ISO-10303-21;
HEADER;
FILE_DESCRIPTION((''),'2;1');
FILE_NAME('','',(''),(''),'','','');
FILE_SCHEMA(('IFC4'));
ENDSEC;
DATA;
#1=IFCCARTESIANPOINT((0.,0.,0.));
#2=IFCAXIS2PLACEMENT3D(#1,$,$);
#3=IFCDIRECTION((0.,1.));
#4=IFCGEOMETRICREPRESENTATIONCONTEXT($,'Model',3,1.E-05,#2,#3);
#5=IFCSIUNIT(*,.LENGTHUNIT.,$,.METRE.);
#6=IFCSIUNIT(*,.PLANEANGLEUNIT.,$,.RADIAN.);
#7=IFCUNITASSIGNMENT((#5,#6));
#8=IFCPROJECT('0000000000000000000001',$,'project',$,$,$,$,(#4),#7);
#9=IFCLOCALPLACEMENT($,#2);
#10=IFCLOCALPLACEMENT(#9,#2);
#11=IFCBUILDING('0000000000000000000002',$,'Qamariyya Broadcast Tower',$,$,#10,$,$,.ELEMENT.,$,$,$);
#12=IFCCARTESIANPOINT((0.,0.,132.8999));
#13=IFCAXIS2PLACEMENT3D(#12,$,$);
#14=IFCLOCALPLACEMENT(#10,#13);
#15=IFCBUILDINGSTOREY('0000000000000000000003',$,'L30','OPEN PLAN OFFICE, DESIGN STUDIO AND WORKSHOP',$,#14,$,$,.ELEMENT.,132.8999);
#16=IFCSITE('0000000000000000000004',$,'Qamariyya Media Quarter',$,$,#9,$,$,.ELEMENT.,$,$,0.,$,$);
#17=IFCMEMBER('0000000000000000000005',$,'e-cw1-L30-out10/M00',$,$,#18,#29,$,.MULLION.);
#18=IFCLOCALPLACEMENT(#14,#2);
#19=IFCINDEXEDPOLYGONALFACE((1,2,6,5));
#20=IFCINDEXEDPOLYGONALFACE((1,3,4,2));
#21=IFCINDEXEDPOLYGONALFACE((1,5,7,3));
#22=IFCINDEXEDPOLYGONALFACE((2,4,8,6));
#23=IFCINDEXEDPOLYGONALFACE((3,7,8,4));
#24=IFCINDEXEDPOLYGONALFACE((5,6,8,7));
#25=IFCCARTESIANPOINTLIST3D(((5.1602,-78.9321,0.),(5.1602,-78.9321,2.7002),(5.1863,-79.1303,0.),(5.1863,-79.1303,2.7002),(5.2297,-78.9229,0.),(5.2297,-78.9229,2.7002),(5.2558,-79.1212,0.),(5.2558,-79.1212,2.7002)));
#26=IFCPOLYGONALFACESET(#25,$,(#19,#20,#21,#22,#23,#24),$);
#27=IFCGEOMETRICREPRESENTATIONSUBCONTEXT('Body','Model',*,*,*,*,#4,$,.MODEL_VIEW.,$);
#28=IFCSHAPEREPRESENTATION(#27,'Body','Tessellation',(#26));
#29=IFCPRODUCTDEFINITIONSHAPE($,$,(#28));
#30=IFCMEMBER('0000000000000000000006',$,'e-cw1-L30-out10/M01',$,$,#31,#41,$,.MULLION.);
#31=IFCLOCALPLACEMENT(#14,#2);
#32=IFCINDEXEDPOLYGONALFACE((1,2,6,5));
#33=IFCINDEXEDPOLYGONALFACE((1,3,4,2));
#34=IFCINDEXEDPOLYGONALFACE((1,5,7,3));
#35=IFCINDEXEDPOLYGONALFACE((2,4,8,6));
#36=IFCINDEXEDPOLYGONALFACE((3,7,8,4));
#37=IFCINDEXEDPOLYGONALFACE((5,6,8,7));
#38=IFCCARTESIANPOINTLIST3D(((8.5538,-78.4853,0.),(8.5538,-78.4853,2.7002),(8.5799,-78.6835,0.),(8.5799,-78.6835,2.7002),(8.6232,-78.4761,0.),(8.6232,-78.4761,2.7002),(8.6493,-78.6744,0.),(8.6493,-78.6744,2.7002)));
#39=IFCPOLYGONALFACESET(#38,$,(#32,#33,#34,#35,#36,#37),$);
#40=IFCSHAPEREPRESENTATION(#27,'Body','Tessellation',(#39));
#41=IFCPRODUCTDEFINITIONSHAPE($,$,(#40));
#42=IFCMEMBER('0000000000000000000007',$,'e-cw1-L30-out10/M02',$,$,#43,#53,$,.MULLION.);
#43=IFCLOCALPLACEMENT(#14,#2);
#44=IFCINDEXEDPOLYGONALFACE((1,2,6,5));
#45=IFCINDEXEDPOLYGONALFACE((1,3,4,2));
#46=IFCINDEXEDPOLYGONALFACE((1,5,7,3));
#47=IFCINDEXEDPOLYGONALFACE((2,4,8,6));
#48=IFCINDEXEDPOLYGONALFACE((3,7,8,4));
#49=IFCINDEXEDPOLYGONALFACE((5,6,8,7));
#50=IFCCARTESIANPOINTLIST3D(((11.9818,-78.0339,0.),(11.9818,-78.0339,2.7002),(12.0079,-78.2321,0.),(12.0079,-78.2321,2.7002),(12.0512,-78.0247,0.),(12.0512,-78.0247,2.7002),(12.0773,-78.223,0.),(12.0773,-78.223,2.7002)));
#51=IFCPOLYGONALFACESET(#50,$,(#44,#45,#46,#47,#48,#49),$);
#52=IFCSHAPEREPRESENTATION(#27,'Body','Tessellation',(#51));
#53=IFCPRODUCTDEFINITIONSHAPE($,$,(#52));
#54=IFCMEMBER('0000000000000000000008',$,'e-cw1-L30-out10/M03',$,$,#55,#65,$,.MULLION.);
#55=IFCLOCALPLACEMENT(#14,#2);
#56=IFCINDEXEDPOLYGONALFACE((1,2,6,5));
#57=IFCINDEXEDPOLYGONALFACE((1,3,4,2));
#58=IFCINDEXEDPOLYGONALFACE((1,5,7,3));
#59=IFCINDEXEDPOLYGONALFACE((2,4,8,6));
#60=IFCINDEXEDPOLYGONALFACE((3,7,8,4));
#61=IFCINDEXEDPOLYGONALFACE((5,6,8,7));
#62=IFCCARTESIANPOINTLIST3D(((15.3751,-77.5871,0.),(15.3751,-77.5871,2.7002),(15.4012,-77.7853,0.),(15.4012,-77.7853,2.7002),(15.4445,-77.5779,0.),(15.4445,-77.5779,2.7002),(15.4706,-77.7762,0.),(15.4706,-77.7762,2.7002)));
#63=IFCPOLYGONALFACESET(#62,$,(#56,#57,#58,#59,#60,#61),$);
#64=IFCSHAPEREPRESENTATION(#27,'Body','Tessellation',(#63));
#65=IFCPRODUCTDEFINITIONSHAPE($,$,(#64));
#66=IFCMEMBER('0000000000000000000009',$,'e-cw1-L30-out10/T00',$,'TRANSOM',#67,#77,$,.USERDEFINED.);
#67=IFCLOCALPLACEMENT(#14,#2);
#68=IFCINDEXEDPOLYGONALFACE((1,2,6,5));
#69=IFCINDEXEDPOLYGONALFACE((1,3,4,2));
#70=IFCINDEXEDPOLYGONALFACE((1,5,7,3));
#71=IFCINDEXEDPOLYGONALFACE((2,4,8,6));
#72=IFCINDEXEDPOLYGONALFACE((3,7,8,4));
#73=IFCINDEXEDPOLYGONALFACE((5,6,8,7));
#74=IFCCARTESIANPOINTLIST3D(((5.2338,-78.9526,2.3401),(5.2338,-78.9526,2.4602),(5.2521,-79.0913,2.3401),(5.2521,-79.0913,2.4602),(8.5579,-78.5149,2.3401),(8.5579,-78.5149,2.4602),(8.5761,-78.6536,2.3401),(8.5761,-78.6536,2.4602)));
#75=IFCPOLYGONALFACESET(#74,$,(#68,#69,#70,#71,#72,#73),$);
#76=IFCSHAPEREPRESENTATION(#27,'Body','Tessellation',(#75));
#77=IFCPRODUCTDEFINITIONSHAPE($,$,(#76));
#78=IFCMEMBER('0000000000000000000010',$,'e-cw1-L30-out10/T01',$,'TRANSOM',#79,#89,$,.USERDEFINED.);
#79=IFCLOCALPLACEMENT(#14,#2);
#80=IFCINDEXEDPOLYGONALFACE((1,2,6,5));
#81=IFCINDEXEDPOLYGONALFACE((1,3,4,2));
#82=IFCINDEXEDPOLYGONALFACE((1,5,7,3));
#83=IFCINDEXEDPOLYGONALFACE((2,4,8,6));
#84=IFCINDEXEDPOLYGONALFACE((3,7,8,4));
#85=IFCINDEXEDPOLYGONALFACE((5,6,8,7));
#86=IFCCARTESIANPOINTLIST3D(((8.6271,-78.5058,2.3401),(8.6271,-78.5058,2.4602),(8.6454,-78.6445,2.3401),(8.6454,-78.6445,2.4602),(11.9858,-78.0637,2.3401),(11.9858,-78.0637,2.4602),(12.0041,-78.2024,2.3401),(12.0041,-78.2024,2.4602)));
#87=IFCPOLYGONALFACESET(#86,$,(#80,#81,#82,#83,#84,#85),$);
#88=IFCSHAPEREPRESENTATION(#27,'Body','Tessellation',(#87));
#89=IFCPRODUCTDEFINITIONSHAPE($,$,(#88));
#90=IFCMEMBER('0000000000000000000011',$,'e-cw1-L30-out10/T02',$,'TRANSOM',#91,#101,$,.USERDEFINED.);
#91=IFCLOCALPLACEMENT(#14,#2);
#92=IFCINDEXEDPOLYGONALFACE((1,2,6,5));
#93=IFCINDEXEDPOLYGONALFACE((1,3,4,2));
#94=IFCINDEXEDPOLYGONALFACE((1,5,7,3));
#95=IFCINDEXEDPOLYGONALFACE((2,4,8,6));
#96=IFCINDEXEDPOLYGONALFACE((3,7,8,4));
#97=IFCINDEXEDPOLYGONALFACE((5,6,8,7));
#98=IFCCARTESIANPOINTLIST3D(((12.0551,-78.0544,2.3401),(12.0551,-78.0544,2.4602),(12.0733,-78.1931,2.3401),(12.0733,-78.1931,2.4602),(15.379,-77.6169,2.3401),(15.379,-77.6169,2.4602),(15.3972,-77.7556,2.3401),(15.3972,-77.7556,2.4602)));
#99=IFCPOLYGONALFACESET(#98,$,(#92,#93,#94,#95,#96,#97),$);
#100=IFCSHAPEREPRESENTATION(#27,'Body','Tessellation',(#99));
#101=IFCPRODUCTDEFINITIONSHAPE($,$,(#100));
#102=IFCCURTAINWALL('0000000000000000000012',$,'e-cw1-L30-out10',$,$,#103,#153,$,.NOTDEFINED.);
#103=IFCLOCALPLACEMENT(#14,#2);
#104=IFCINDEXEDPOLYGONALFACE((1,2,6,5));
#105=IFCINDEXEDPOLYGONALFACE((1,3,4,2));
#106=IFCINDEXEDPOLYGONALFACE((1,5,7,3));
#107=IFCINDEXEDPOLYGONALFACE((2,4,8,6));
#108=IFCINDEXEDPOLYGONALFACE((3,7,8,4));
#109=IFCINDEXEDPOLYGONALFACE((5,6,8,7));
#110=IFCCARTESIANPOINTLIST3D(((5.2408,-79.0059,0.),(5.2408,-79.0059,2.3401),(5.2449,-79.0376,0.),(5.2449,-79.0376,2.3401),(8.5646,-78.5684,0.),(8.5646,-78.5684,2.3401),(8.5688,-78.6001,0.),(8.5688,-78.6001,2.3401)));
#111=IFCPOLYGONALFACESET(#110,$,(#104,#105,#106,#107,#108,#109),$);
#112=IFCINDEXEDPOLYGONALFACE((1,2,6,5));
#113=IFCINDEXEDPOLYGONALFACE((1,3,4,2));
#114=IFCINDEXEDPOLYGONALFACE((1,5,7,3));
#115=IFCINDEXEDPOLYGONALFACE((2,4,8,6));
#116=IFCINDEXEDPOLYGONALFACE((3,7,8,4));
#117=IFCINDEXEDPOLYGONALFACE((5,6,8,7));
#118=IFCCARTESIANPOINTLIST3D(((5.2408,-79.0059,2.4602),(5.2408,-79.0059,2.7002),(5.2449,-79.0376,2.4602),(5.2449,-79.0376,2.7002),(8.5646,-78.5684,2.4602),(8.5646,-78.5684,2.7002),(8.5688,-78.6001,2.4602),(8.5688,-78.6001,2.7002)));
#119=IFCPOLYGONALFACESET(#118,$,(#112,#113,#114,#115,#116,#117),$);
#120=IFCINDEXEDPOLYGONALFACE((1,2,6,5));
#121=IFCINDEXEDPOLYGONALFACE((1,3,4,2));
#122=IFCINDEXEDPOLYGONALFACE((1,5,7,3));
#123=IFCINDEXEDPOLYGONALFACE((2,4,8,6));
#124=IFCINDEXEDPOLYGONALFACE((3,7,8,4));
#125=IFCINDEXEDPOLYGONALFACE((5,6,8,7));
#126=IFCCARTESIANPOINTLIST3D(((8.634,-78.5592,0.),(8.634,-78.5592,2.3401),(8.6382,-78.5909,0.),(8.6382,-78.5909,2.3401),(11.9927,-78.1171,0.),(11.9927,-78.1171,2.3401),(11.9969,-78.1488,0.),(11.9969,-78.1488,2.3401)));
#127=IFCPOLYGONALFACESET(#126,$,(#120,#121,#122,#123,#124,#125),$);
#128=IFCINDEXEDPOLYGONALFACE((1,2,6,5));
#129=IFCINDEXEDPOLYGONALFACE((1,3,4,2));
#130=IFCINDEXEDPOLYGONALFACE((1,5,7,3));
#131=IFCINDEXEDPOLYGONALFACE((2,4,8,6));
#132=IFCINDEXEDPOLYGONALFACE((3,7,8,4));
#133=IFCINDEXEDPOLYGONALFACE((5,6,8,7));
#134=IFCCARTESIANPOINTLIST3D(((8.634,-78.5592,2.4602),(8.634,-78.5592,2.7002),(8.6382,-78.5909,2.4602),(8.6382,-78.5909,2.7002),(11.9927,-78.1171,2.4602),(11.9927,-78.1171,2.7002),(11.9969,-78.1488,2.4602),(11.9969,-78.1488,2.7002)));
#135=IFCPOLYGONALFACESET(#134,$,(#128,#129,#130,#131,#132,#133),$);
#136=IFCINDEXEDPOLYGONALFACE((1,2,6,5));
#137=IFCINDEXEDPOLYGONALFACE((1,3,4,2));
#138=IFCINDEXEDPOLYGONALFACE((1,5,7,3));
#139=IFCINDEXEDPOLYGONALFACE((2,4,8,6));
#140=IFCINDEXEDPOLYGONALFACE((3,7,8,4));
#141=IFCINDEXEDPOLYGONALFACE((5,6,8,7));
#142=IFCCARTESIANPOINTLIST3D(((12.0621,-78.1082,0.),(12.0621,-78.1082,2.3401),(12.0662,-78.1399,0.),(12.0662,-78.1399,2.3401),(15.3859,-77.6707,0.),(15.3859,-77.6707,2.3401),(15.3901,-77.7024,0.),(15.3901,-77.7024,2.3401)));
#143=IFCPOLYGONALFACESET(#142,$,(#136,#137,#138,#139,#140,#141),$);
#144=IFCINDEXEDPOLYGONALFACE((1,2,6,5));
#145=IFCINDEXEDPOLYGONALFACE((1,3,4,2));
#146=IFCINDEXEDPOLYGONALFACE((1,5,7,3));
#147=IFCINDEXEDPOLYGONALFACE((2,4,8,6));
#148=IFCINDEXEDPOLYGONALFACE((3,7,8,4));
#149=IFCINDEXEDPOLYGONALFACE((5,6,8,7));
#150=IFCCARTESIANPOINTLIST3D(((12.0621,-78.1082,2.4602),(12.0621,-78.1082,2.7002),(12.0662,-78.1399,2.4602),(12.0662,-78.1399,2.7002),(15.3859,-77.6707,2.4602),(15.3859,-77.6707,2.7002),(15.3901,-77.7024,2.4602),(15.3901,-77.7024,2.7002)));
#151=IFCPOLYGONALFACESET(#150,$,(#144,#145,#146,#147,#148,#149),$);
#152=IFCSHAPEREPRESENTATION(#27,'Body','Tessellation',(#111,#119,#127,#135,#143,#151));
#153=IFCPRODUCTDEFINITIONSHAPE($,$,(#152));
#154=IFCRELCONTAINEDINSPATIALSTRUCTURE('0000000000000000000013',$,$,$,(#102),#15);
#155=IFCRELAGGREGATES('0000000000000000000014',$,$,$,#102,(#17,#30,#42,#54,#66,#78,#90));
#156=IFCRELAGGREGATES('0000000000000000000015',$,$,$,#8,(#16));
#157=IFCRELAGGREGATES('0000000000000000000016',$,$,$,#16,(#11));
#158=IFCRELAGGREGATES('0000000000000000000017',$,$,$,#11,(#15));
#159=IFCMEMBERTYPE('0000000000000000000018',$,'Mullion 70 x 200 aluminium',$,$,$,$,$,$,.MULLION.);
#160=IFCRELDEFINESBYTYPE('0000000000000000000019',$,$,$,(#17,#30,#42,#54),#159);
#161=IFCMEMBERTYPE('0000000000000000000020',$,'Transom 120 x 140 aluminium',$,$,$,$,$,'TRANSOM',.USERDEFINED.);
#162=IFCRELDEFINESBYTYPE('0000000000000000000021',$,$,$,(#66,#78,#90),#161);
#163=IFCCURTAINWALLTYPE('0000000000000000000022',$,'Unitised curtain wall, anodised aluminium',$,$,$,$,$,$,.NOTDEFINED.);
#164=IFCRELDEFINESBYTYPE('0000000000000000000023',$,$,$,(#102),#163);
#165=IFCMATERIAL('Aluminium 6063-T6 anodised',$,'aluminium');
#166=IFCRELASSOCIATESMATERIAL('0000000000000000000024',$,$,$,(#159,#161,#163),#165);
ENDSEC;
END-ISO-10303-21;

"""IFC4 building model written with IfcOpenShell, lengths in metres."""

from ifc_helpers import new_model, si_unit, direction, frame, origin, origin_2d, place, context, subcontext, project, spatial, rectangle, extrude, material, material_profile, profile_set, type_object, element, aggregate, save


model = new_model("IFC4")

# Units and contexts
model_context = context("Model", 3, precision=1e-05, world=origin(), true_north=direction((0.0, 1.0)))
body_context = subcontext(model_context, "Body", "Model", "MODEL_VIEW")
ifc_project = project(units=[si_unit("LENGTHUNIT", "METRE"), si_unit("PLANEANGLEUNIT", "RADIAN")], contexts=[model_context])

# Members
ifc_material = material(Name="Aluminium 6063-T6 anodised", Category="aluminium")
ifc_material_profile_1 = material_profile(ifc_material, rectangle(XDim=0.2, YDim=0.0701, at=origin_2d()))
ifc_profile_set_1 = profile_set([ifc_material_profile_1], Name="Aluminium 6063-T6 anodised")
member_type_1 = type_object("IfcMemberType", Name="Mullion 70 x 200 aluminium", PredefinedType="MULLION", material=ifc_profile_set_1)
site_placement = place(None, origin())
building_placement = place(site_placement, origin())
storey_placement = place(building_placement, frame((0.0, 0.0, 132.8999)))
member_1_placement = place(storey_placement, frame((5.208, -79.0266, 0.0), z_axis=(0.0, 0.0, 1.0), x_axis=(-0.130526, 0.991445, 0.0)))
member_1 = element("IfcMember", 1, at=member_1_placement, type_object=member_type_1, Name="e-cw1-L30-out10/M00", PredefinedType="MULLION", context=body_context, shape_type="SweptSolid", body=[
    extrude(rectangle(XDim=0.2, YDim=0.0701, at=origin_2d()), origin(), (0.0, 0.0, 1.0), 2.7002),
])
member_2_placement = place(storey_placement, frame((8.6016, -78.5798, 0.0), z_axis=(0.0, 0.0, 1.0), x_axis=(-0.130526, 0.991445, 0.0)))
member_2 = element("IfcMember", 2, at=member_2_placement, type_object=member_type_1, Name="e-cw1-L30-out10/M01", PredefinedType="MULLION", context=body_context, shape_type="SweptSolid", body=[
    extrude(rectangle(XDim=0.2, YDim=0.0701, at=origin_2d()), origin(), (0.0, 0.0, 1.0), 2.7002),
])
member_3_placement = place(storey_placement, frame((12.0295, -78.1284, 0.0), z_axis=(0.0, 0.0, 1.0), x_axis=(-0.130526, 0.991445, 0.0)))
member_3 = element("IfcMember", 3, at=member_3_placement, type_object=member_type_1, Name="e-cw1-L30-out10/M02", PredefinedType="MULLION", context=body_context, shape_type="SweptSolid", body=[
    extrude(rectangle(XDim=0.2, YDim=0.0701, at=origin_2d()), origin(), (0.0, 0.0, 1.0), 2.7002),
])
member_4_placement = place(storey_placement, frame((15.4229, -77.6816, 0.0), z_axis=(0.0, 0.0, 1.0), x_axis=(-0.130526, 0.991445, 0.0)))
member_4 = element("IfcMember", 4, at=member_4_placement, type_object=member_type_1, Name="e-cw1-L30-out10/M03", PredefinedType="MULLION", context=body_context, shape_type="SweptSolid", body=[
    extrude(rectangle(XDim=0.2, YDim=0.0701, at=origin_2d()), origin(), (0.0, 0.0, 1.0), 2.7002),
])
ifc_material_profile_2 = material_profile(ifc_material, rectangle(XDim=0.1399, YDim=0.1201, at=origin_2d()))
ifc_profile_set_2 = profile_set([ifc_material_profile_2], Name="Aluminium 6063-T6 anodised")
member_type_2 = type_object("IfcMemberType", Name="Transom 120 x 140 aluminium", ElementType="TRANSOM", PredefinedType="USERDEFINED", material=ifc_profile_set_2)
member_5_placement = place(storey_placement, frame((5.2429, -79.022, 2.4001), z_axis=(0.99144, 0.130566, 0.0), x_axis=(-0.130566, 0.99144, 0.0)))
member_5 = element("IfcMember", 5, at=member_5_placement, type_object=member_type_2, Name="e-cw1-L30-out10/T00", ObjectType="TRANSOM", PredefinedType="USERDEFINED", context=body_context, shape_type="SweptSolid", body=[
    extrude(rectangle(XDim=0.1399, YDim=0.1201, at=origin_2d()), origin(), (0.0, 0.0, 1.0), 3.3528),
])
member_6_placement = place(storey_placement, frame((8.6362, -78.5752, 2.4001), z_axis=(0.991446, 0.130516, 0.0), x_axis=(-0.130516, 0.991446, 0.0)))
member_6 = element("IfcMember", 6, at=member_6_placement, type_object=member_type_2, Name="e-cw1-L30-out10/T01", ObjectType="TRANSOM", PredefinedType="USERDEFINED", context=body_context, shape_type="SweptSolid", body=[
    extrude(rectangle(XDim=0.1399, YDim=0.1201, at=origin_2d()), origin(), (0.0, 0.0, 1.0), 3.3877),
])
member_7_placement = place(storey_placement, frame((12.0642, -78.1238, 2.4001), z_axis=(0.991449, 0.130494, 0.0), x_axis=(-0.130494, 0.991449, 0.0)))
member_7 = element("IfcMember", 7, at=member_7_placement, type_object=member_type_2, Name="e-cw1-L30-out10/T02", ObjectType="TRANSOM", PredefinedType="USERDEFINED", context=body_context, shape_type="SweptSolid", body=[
    extrude(rectangle(XDim=0.1399, YDim=0.1201, at=origin_2d()), origin(), (0.0, 0.0, 1.0), 3.3525),
])

# Site, building, storey
site = spatial("IfcSite", under=ifc_project, at=site_placement, Name="Qamariyya Media Quarter", CompositionType="ELEMENT", RefElevation=0.0)
building = spatial("IfcBuilding", under=site, at=building_placement, Name="Qamariyya Broadcast Tower", CompositionType="ELEMENT")
storey = spatial("IfcBuildingStorey", under=building, at=storey_placement, Name="L30", Description="OPEN PLAN OFFICE, DESIGN STUDIO AND WORKSHOP", CompositionType="ELEMENT", Elevation=132.8999)

# Curtain wall
curtain_wall_type = type_object("IfcCurtainWallType", Name="Unitised curtain wall, anodised aluminium", PredefinedType="NOTDEFINED", material=ifc_material)
curtain_wall_1_placement = place(storey_placement, origin())
curtain_wall_1 = element("IfcCurtainWall", 8, at=curtain_wall_1_placement, inside=storey, type_object=curtain_wall_type, Name="e-cw1-L30-out10", PredefinedType="NOTDEFINED", context=body_context, shape_type="SweptSolid", body=[
    extrude(rectangle(XDim=3.3525, YDim=0.032, at=origin_2d()), frame((6.9048, -78.803, 0.0), x_axis=(0.991447, 0.130509, 0.0)), (0.0, 0.0, 1.0), 2.3401),
    extrude(rectangle(XDim=3.3525, YDim=0.032, at=origin_2d()), frame((6.9048, -78.803, 2.4602), x_axis=(0.991447, 0.130509, 0.0)), (0.0, 0.0, 1.0), 0.24),
    extrude(rectangle(XDim=3.3877, YDim=0.032, at=origin_2d()), frame((10.3154, -78.354, 0.0), x_axis=(0.991447, 0.130509, 0.0)), (0.0, 0.0, 1.0), 2.3401),
    extrude(rectangle(XDim=3.3877, YDim=0.032, at=origin_2d()), frame((10.3154, -78.354, 2.4602), x_axis=(0.991447, 0.130509, 0.0)), (0.0, 0.0, 1.0), 0.24),
    extrude(rectangle(XDim=3.3525, YDim=0.032, at=origin_2d()), frame((13.7261, -77.9053, 0.0), x_axis=(0.991447, 0.130509, 0.0)), (0.0, 0.0, 1.0), 2.3401),
    extrude(rectangle(XDim=3.3525, YDim=0.032, at=origin_2d()), frame((13.7261, -77.9053, 2.4602), x_axis=(0.991447, 0.130509, 0.0)), (0.0, 0.0, 1.0), 0.24),
])
aggregate(curtain_wall_1, [member_1, member_2, member_3, member_4, member_5, member_6, member_7])

save(model, "model.ifc")
